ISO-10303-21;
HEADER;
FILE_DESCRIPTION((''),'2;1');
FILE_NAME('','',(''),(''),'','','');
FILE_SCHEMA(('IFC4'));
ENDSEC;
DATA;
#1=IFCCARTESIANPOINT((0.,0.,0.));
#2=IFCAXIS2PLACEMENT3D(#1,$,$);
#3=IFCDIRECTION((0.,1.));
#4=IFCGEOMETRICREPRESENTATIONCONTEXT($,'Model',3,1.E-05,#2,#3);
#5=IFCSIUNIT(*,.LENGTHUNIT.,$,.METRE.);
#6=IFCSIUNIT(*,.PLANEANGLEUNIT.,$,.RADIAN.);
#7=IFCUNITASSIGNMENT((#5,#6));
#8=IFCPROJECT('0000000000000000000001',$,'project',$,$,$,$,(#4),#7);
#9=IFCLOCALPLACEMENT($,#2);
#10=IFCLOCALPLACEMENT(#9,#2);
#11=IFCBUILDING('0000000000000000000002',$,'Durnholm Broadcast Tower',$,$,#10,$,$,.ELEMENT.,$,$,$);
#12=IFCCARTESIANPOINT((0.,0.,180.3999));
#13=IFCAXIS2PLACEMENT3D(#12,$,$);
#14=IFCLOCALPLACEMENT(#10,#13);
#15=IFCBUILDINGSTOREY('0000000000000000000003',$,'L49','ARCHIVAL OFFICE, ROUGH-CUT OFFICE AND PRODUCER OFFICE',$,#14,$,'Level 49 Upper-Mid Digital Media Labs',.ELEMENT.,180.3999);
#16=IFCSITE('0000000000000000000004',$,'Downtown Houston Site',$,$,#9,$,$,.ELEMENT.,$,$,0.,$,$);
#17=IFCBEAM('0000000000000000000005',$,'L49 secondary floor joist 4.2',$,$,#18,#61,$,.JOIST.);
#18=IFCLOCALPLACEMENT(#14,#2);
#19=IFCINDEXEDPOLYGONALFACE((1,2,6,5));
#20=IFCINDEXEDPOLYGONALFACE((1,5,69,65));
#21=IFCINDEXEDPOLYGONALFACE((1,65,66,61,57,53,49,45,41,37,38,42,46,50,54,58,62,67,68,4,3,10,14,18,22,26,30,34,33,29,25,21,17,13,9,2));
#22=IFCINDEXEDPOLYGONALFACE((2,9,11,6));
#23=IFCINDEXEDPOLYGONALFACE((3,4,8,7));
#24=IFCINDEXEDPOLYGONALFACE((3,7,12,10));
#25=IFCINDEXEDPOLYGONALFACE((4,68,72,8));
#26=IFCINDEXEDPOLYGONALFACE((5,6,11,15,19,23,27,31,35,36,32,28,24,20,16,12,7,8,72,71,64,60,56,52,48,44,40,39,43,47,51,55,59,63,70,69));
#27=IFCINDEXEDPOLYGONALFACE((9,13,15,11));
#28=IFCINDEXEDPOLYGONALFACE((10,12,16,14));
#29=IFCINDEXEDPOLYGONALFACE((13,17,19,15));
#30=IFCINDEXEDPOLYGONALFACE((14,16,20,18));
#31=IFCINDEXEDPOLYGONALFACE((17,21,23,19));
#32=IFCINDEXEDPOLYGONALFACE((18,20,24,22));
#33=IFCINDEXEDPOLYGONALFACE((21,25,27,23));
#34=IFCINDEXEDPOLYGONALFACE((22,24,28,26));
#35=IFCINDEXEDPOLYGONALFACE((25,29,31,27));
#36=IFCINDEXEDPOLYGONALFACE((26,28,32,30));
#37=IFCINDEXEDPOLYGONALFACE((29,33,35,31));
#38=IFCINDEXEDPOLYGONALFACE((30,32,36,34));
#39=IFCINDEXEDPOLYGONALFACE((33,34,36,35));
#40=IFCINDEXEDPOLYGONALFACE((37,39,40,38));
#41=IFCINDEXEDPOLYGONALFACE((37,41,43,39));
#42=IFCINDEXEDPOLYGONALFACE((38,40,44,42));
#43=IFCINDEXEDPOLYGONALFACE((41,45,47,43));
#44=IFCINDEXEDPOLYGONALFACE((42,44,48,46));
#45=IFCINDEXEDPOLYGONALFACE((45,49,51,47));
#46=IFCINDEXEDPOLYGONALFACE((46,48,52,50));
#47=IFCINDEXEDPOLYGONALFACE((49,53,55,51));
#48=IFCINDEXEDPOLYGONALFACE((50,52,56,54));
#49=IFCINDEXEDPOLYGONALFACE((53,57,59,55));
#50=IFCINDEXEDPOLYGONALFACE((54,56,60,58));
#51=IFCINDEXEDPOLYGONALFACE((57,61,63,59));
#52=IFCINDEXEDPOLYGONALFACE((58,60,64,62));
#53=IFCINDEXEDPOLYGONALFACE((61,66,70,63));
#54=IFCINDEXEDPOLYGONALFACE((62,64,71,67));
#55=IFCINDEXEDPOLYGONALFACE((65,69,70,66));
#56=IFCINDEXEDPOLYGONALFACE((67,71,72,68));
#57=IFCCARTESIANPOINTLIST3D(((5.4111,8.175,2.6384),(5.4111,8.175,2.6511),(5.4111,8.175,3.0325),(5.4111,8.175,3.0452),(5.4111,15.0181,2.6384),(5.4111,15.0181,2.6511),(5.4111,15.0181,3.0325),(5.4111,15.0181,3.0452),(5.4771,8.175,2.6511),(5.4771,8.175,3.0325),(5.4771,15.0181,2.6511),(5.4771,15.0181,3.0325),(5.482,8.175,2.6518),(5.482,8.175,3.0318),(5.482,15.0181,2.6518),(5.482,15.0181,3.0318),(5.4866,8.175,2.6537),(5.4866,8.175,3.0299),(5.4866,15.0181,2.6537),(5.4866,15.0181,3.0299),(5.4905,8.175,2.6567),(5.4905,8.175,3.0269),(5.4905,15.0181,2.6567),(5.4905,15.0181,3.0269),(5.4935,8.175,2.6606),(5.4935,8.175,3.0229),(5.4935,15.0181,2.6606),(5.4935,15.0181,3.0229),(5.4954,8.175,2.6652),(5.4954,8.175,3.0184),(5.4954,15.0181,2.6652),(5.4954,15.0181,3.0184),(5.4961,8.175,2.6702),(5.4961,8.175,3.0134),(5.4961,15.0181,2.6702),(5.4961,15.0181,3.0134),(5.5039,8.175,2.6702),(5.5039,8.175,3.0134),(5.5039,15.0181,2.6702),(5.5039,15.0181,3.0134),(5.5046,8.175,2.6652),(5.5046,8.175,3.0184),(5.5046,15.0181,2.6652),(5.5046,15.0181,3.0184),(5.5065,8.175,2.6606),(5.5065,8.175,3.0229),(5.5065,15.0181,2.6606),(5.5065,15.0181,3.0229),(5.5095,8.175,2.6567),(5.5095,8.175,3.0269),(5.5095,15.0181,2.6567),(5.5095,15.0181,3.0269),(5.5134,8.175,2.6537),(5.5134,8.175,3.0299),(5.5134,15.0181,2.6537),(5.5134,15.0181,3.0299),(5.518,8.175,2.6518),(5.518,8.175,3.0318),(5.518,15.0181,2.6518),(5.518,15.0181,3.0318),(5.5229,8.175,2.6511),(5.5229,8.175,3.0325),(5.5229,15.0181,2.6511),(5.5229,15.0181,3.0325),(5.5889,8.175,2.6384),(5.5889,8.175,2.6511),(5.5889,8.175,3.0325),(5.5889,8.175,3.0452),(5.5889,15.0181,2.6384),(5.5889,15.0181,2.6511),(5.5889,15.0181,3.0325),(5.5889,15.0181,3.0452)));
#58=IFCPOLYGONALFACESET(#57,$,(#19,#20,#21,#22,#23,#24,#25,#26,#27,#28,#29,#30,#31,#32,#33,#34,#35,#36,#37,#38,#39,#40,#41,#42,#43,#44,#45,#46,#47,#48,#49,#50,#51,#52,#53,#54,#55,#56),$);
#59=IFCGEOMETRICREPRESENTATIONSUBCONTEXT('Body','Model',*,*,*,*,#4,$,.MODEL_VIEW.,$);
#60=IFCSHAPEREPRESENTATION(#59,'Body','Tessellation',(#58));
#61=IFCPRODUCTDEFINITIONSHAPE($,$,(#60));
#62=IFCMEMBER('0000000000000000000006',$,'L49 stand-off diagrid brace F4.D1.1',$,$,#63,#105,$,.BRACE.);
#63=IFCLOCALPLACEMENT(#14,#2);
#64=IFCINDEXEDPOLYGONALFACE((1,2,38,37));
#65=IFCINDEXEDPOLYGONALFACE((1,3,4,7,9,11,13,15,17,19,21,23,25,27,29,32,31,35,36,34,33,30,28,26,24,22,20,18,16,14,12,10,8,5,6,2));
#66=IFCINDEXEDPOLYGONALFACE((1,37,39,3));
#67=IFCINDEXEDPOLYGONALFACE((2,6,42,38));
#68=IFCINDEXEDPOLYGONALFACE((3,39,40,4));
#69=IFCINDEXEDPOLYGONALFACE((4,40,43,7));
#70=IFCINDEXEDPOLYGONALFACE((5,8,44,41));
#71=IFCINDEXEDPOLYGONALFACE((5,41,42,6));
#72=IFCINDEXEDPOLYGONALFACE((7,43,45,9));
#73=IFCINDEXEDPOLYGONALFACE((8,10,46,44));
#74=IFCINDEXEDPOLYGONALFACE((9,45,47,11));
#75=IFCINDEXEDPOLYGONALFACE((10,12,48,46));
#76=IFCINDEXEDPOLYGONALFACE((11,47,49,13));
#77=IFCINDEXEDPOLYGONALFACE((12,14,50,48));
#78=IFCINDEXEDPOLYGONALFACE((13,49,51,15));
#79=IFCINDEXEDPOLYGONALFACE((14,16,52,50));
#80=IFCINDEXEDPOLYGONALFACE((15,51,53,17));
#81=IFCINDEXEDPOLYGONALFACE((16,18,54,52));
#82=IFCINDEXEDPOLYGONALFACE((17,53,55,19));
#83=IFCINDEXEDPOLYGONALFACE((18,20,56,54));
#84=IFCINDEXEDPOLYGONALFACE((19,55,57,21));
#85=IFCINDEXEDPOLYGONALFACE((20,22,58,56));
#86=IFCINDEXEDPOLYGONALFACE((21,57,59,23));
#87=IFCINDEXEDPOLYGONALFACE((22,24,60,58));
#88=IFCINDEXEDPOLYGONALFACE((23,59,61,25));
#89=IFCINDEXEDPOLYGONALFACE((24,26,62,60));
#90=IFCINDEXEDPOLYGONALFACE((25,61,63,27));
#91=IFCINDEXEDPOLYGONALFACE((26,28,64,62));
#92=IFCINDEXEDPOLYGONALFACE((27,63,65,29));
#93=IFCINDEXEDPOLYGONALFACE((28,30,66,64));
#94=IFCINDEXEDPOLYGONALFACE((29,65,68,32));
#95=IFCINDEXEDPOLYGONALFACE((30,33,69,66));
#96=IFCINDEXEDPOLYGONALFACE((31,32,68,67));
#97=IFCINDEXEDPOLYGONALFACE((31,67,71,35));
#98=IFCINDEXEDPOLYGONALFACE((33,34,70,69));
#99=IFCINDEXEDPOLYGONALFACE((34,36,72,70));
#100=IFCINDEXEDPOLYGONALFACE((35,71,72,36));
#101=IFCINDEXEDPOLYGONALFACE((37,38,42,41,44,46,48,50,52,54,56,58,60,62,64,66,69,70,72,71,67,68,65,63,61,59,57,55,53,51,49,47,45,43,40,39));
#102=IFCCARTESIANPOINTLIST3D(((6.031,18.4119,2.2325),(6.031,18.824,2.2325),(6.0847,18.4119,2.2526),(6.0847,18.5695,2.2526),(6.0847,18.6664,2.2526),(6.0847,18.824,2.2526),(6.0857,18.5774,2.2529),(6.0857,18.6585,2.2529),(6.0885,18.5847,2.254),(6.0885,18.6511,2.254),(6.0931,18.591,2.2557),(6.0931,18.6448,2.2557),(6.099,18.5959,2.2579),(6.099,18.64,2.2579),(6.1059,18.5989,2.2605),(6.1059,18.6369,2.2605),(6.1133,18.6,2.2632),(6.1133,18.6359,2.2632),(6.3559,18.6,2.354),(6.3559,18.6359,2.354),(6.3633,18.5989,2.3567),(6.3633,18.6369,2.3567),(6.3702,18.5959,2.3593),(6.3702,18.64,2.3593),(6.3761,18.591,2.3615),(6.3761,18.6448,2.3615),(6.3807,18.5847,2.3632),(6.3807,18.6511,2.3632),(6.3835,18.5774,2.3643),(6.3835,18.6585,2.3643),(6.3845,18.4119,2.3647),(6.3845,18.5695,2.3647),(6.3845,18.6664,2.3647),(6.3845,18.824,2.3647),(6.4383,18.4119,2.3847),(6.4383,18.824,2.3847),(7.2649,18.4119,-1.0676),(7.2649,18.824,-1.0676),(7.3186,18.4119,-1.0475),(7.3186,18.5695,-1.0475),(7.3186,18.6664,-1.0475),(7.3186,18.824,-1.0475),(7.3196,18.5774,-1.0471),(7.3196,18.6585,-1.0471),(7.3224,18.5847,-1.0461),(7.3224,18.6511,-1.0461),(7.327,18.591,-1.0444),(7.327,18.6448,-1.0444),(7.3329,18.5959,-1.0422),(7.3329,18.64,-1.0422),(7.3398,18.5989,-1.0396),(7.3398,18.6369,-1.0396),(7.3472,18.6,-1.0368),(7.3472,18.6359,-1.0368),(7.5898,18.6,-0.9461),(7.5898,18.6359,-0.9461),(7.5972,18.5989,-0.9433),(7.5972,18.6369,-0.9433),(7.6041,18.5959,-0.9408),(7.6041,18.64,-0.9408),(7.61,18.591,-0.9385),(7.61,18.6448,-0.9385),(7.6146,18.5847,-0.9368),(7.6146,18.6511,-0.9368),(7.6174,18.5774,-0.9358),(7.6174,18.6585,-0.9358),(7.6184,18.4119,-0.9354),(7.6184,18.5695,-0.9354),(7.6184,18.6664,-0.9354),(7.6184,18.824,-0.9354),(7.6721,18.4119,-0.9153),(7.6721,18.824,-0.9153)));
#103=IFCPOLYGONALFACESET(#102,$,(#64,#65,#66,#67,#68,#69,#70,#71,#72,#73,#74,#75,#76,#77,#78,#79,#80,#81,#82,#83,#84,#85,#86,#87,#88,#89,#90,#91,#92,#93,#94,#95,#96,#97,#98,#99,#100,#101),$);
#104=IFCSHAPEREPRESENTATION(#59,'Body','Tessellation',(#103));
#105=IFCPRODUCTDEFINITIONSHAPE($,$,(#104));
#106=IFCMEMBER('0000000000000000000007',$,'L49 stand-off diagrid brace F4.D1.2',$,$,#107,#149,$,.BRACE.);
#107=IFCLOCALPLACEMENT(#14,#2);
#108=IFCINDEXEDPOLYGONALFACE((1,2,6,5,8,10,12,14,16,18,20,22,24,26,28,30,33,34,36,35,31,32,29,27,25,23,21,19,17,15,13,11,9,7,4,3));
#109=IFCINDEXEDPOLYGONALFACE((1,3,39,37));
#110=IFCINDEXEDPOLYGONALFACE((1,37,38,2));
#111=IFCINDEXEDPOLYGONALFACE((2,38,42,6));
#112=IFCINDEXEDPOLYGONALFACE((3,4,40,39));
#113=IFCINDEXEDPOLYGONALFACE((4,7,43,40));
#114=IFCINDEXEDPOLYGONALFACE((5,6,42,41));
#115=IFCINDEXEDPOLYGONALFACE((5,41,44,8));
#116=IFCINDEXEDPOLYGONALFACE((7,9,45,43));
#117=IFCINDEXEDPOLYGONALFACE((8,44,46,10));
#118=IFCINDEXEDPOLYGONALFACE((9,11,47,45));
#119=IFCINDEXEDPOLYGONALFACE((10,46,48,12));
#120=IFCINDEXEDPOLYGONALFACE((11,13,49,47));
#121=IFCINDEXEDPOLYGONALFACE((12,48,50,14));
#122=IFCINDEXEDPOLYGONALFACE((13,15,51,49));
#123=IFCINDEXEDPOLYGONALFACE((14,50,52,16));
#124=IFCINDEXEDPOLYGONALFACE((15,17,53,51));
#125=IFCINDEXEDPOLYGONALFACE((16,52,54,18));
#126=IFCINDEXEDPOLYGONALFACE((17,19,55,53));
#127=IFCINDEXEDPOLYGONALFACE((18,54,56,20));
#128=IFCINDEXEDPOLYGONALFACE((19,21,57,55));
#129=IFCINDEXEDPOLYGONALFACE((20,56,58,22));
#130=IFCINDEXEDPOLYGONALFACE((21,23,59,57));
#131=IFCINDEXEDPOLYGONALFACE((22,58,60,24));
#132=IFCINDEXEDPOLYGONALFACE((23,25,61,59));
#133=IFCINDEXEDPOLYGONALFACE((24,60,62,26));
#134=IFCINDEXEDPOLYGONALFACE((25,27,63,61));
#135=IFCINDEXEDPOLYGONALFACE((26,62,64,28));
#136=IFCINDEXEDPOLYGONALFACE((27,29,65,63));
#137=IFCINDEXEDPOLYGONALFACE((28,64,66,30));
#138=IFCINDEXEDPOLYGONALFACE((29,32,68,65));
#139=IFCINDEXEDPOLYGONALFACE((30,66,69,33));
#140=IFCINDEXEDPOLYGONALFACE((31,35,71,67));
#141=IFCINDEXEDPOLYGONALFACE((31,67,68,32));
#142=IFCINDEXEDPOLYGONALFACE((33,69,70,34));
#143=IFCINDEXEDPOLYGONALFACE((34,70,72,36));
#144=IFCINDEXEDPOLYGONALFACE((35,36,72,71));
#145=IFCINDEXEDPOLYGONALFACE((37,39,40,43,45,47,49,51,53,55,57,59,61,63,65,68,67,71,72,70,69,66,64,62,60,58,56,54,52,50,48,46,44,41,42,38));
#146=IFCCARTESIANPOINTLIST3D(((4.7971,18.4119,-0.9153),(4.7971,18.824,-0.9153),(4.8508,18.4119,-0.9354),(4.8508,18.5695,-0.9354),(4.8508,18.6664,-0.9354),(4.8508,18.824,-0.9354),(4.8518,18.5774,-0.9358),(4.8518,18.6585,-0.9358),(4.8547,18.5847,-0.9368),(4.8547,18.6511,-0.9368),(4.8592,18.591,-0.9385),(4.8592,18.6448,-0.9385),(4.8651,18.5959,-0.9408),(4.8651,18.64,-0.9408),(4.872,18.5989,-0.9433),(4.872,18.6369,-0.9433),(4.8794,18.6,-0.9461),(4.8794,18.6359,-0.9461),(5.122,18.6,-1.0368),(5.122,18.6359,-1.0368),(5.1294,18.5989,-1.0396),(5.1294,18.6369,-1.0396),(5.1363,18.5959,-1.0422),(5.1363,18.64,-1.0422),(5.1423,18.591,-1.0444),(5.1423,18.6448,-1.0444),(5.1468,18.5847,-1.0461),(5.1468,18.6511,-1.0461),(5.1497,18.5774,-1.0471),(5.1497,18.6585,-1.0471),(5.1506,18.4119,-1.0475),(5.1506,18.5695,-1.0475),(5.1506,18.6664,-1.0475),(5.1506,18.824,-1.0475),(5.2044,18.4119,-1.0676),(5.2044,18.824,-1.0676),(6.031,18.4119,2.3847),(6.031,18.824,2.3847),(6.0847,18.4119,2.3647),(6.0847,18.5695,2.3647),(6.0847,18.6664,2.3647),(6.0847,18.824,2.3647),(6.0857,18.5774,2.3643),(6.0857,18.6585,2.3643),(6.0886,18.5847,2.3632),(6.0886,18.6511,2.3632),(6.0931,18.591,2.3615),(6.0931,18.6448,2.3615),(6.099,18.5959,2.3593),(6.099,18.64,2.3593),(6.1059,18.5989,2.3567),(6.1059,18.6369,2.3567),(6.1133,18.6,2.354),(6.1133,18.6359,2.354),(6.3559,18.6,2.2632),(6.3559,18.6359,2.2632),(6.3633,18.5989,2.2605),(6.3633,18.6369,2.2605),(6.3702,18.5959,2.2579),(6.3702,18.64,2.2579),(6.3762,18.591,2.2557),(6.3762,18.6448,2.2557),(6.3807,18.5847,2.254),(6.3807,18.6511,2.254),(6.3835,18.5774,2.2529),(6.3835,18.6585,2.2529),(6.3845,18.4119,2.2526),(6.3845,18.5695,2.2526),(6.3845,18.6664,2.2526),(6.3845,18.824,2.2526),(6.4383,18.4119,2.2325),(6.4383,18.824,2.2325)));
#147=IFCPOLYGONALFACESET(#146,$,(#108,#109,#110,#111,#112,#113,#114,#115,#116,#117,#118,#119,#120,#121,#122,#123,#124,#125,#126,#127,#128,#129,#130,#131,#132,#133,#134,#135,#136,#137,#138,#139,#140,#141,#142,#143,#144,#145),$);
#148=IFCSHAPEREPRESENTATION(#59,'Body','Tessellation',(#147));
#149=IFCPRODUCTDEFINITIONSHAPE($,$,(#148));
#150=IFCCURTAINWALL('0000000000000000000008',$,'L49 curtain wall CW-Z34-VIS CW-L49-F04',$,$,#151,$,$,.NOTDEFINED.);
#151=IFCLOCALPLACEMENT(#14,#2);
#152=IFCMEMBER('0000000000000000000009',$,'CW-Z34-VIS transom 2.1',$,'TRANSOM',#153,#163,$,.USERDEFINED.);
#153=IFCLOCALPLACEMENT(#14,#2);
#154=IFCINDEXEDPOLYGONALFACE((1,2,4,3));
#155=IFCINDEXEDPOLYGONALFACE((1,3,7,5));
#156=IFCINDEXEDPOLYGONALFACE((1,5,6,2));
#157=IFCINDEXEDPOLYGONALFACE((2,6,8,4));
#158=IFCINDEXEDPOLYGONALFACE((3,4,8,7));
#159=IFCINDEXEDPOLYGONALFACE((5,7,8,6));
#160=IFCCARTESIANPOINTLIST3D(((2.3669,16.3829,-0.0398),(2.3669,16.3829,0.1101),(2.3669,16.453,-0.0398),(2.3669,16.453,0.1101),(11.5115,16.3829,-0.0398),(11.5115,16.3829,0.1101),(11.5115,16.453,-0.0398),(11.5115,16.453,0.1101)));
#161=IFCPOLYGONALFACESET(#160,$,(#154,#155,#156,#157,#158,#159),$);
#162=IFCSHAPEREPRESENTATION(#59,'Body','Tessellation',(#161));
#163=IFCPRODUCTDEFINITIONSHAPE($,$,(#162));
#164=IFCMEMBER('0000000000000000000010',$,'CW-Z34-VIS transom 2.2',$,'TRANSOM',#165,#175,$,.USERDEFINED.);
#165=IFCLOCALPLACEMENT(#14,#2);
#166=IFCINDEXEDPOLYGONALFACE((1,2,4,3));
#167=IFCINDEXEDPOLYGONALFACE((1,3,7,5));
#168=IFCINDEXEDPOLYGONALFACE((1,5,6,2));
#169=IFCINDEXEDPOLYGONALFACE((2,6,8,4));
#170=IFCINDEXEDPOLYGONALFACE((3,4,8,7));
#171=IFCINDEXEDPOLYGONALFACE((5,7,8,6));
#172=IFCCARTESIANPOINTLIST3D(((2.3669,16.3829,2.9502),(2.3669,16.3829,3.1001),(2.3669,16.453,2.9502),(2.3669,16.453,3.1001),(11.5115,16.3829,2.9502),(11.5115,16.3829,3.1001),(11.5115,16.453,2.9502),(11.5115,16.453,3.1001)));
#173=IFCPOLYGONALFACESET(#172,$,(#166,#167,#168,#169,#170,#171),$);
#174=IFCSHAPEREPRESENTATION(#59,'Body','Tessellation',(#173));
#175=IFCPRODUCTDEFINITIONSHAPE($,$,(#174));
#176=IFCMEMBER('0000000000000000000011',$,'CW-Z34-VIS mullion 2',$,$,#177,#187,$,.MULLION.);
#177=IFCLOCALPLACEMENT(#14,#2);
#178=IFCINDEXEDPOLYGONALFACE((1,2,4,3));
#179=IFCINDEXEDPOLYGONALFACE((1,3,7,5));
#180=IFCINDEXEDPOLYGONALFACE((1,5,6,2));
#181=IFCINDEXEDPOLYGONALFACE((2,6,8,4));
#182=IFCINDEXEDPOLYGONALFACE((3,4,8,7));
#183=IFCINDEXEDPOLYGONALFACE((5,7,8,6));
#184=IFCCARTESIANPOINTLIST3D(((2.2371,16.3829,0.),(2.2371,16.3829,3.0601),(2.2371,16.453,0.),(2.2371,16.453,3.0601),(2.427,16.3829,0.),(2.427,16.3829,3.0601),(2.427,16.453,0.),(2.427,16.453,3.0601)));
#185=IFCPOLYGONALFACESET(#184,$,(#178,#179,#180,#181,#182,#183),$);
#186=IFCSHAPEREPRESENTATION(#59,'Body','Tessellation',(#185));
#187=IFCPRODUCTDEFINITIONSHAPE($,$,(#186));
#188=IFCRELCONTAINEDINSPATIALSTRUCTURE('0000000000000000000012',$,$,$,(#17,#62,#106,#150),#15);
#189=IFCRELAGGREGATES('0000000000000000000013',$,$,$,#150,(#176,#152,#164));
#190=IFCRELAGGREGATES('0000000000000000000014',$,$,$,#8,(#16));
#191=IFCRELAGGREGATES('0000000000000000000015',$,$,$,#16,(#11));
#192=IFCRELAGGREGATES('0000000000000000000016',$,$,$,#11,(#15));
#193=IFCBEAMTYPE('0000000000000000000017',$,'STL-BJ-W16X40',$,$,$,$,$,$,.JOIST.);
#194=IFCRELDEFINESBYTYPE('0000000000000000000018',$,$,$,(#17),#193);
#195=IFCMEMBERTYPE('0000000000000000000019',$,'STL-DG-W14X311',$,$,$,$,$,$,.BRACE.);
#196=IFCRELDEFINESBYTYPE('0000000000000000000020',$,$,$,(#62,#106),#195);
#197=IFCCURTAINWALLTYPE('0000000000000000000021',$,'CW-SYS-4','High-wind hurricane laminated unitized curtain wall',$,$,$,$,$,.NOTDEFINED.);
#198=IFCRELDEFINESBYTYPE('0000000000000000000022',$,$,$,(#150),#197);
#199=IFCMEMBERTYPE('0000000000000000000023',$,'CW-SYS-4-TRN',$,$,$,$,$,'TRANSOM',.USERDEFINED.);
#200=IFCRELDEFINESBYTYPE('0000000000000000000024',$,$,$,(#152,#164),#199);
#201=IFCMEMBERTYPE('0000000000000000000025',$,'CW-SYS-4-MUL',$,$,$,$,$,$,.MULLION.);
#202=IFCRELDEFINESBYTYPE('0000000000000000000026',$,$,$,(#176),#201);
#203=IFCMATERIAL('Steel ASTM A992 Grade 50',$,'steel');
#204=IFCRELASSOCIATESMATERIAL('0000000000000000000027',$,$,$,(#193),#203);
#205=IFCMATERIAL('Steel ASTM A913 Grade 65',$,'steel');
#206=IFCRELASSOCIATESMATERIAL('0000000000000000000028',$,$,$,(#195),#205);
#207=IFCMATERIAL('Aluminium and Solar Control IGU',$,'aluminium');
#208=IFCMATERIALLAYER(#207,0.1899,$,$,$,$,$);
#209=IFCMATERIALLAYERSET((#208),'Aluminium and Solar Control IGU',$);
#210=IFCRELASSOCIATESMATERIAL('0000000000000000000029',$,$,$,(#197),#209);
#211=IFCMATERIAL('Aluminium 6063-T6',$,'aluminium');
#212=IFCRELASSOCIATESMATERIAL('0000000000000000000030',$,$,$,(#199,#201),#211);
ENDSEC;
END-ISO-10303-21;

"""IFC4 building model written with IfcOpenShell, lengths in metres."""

from ifc_helpers import new_model, si_unit, direction, frame, origin, origin_2d, place, context, subcontext, project, spatial, rectangle, i_section, extrude, source, transform, mapped, material, layer, layer_set, material_profile, profile_set, type_object, type_shapes, element, aggregate, save


model = new_model("IFC4")

# Units and contexts
model_context = context("Model", 3, precision=1e-05, world=origin(), true_north=direction((0.0, 1.0)))
body_context = subcontext(model_context, "Body", "Model", "MODEL_VIEW")
ifc_project = project(units=[si_unit("LENGTHUNIT", "METRE"), si_unit("PLANEANGLEUNIT", "RADIAN")], contexts=[model_context])

# Site, building, storey
site_placement = place(None, origin())
site = spatial("IfcSite", under=ifc_project, at=site_placement, Name="Downtown Houston Site", CompositionType="ELEMENT", RefElevation=0.0)
building_placement = place(site_placement, origin())
building = spatial("IfcBuilding", under=site, at=building_placement, Name="Durnholm Broadcast Tower", CompositionType="ELEMENT")
storey_placement = place(building_placement, frame((0.0, 0.0, 180.3999)))
storey = spatial("IfcBuildingStorey", under=building, at=storey_placement, Name="L49", Description="ARCHIVAL OFFICE, ROUGH-CUT OFFICE AND PRODUCER OFFICE", LongName="Level 49 Upper-Mid Digital Media Labs", CompositionType="ELEMENT", Elevation=180.3999)

# Beam
ifc_material_1 = material(Name="Steel ASTM A992 Grade 50", Category="steel")
ifc_material_profile_1 = material_profile(ifc_material_1, i_section(OverallWidth=0.1777, OverallDepth=0.4067, WebThickness=0.0078, FlangeThickness=0.0127, FilletRadius=0.019, at=origin_2d()), Name="W16X40")
ifc_profile_set_1 = profile_set([ifc_material_profile_1], Name="Steel ASTM A992 Grade 50")
beam_type_1 = type_object("IfcBeamType", Name="STL-BJ-W16X40", PredefinedType="JOIST", material=ifc_profile_set_1)
shared_shape_1 = source(origin(), body_context, "Body", "SweptSolid", [
    extrude(i_section(OverallWidth=0.1777, OverallDepth=0.4067, WebThickness=0.0078, FlangeThickness=0.0127, FilletRadius=0.019, at=origin_2d()), origin(), (0.0, 0.0, 1.0), 6.843),
])
type_shapes(beam_type_1, [shared_shape_1])
beam_1_placement = place(storey_placement, frame((5.5, 8.175, 2.8418), z_axis=(0.0, 1.0, 0.0), x_axis=(-1.0, 0.0, 0.0)))
element("IfcBeam", 1, at=beam_1_placement, inside=storey, type_object=beam_type_1, Name="L49 secondary floor joist 4.2", PredefinedType="JOIST", context=body_context, shape_type="MappedRepresentation", body=[
    mapped(shared_shape_1, transform((0.0, 0.0, 0.0), x_axis=(1.0, 0.0, 0.0), y_axis=(0.0, 1.0, 0.0), z_axis=(0.0, 0.0, 1.0), scale=1.0)),
])

# Members
ifc_material_2 = material(Name="Steel ASTM A913 Grade 65", Category="steel")
ifc_material_profile_2 = material_profile(ifc_material_2, i_section(OverallWidth=0.4121, OverallDepth=0.4348, WebThickness=0.0359, FlangeThickness=0.0574, FilletRadius=0.0305, at=origin_2d()), Name="W14X311")
ifc_profile_set_2 = profile_set([ifc_material_profile_2], Name="Steel ASTM A913 Grade 65")
member_type_1 = type_object("IfcMemberType", Name="STL-DG-W14X311", PredefinedType="BRACE", material=ifc_profile_set_2)
shared_shape_2 = source(origin(), body_context, "Body", "SweptSolid", [
    extrude(i_section(OverallWidth=0.4121, OverallDepth=0.4348, WebThickness=0.0359, FlangeThickness=0.0574, FilletRadius=0.0305, at=origin_2d()), origin(), (0.0, 0.0, 1.0), 3.5232),
])
type_shapes(member_type_1, [shared_shape_2])
for number, where, z_axis, x_axis, name in (
    (2, (7.4685, 18.6179, -0.9915), (-0.35022, 0.0, 0.936668), (0.0, -1.0, 0.0), "L49 stand-off diagrid brace F4.D1.1"),
    (3, (5.0007, 18.6179, -0.9915), (0.35022, 0.0, 0.936668), (0.0, 1.0, 0.0), "L49 stand-off diagrid brace F4.D1.2"),
):
    element("IfcMember", number, at=place(storey_placement, frame(where, z_axis=z_axis, x_axis=x_axis)), inside=storey, type_object=member_type_1, Name=name, PredefinedType="BRACE", context=body_context, shape_type="MappedRepresentation", body=[
        mapped(shared_shape_2, transform((0.0, 0.0, 0.0), x_axis=(1.0, 0.0, 0.0), y_axis=(0.0, 1.0, 0.0), z_axis=(0.0, 0.0, 1.0), scale=1.0)),
    ])

# Curtain wall, members
ifc_material_3 = material(Name="Aluminium and Solar Control IGU", Category="aluminium")
ifc_layer_1 = layer(ifc_material_3, 0.1899)
ifc_layer_set_1 = layer_set([ifc_layer_1], Name="Aluminium and Solar Control IGU")
curtain_wall_type = type_object("IfcCurtainWallType", Name="CW-SYS-4", Description="High-wind hurricane laminated unitized curtain wall", PredefinedType="NOTDEFINED", material=ifc_layer_set_1)
curtain_wall_placement = place(storey_placement, origin())
curtain_wall = element("IfcCurtainWall", 4, at=curtain_wall_placement, inside=storey, type_object=curtain_wall_type, Name="L49 curtain wall CW-Z34-VIS CW-L49-F04", PredefinedType="NOTDEFINED")
ifc_material_4 = material(Name="Aluminium 6063-T6", Category="aluminium")
ifc_material_profile_3 = material_profile(ifc_material_4, rectangle(XDim=0.0701, YDim=0.1499, at=origin_2d()), Name="CWT70X150")
ifc_profile_set_3 = profile_set([ifc_material_profile_3], Name="Aluminium 6063-T6")
member_type_2 = type_object("IfcMemberType", Name="CW-SYS-4-TRN", ElementType="TRANSOM", PredefinedType="USERDEFINED", material=ifc_profile_set_3)
shared_shape_3 = source(origin(), body_context, "Body", "SweptSolid", [
    extrude(rectangle(XDim=0.0701, YDim=0.1499, at=origin_2d()), origin(), (0.0, 0.0, 1.0), 9.1445),
])
type_shapes(member_type_2, [shared_shape_3])
member_1_placement = place(storey_placement, frame((2.3669, 16.418, 0.0352), z_axis=(1.0, 0.0, 0.0), x_axis=(0.0, 1.0, 0.0)))
member_1 = element("IfcMember", 5, at=member_1_placement, type_object=member_type_2, Name="CW-Z34-VIS transom 2.1", ObjectType="TRANSOM", PredefinedType="USERDEFINED", context=body_context, shape_type="MappedRepresentation", body=[
    mapped(shared_shape_3, transform((0.0, 0.0, 0.0), x_axis=(1.0, 0.0, 0.0), y_axis=(0.0, 1.0, 0.0), z_axis=(0.0, 0.0, 1.0), scale=1.0)),
])
member_2_placement = place(storey_placement, frame((2.3669, 16.418, 3.0251), z_axis=(1.0, 0.0, 0.0), x_axis=(0.0, 1.0, 0.0)))
member_2 = element("IfcMember", 6, at=member_2_placement, type_object=member_type_2, Name="CW-Z34-VIS transom 2.2", ObjectType="TRANSOM", PredefinedType="USERDEFINED", context=body_context, shape_type="MappedRepresentation", body=[
    mapped(shared_shape_3, transform((0.0, 0.0, 0.0), x_axis=(1.0, 0.0, 0.0), y_axis=(0.0, 1.0, 0.0), z_axis=(0.0, 0.0, 1.0), scale=1.0)),
])
ifc_material_profile_4 = material_profile(ifc_material_4, rectangle(XDim=0.0701, YDim=0.1899, at=origin_2d()), Name="CWM70X190")
ifc_profile_set_4 = profile_set([ifc_material_profile_4], Name="Aluminium 6063-T6")
member_type_3 = type_object("IfcMemberType", Name="CW-SYS-4-MUL", PredefinedType="MULLION", material=ifc_profile_set_4)
shared_shape_4 = source(origin(), body_context, "Body", "SweptSolid", [
    extrude(rectangle(XDim=0.0701, YDim=0.1899, at=origin_2d()), origin(), (0.0, 0.0, 1.0), 3.0601),
])
type_shapes(member_type_3, [shared_shape_4])
member_3_placement = place(storey_placement, frame((2.332, 16.418, 0.0), z_axis=(0.0, 0.0, 1.0), x_axis=(0.0, 1.0, 0.0)))
member_3 = element("IfcMember", 7, at=member_3_placement, type_object=member_type_3, Name="CW-Z34-VIS mullion 2", PredefinedType="MULLION", context=body_context, shape_type="MappedRepresentation", body=[
    mapped(shared_shape_4, transform((0.0, 0.0, 0.0), x_axis=(1.0, 0.0, 0.0), y_axis=(0.0, 1.0, 0.0), z_axis=(0.0, 0.0, 1.0), scale=1.0)),
])

aggregate(curtain_wall, [member_3, member_1, member_2])

save(model, "model.ifc")
